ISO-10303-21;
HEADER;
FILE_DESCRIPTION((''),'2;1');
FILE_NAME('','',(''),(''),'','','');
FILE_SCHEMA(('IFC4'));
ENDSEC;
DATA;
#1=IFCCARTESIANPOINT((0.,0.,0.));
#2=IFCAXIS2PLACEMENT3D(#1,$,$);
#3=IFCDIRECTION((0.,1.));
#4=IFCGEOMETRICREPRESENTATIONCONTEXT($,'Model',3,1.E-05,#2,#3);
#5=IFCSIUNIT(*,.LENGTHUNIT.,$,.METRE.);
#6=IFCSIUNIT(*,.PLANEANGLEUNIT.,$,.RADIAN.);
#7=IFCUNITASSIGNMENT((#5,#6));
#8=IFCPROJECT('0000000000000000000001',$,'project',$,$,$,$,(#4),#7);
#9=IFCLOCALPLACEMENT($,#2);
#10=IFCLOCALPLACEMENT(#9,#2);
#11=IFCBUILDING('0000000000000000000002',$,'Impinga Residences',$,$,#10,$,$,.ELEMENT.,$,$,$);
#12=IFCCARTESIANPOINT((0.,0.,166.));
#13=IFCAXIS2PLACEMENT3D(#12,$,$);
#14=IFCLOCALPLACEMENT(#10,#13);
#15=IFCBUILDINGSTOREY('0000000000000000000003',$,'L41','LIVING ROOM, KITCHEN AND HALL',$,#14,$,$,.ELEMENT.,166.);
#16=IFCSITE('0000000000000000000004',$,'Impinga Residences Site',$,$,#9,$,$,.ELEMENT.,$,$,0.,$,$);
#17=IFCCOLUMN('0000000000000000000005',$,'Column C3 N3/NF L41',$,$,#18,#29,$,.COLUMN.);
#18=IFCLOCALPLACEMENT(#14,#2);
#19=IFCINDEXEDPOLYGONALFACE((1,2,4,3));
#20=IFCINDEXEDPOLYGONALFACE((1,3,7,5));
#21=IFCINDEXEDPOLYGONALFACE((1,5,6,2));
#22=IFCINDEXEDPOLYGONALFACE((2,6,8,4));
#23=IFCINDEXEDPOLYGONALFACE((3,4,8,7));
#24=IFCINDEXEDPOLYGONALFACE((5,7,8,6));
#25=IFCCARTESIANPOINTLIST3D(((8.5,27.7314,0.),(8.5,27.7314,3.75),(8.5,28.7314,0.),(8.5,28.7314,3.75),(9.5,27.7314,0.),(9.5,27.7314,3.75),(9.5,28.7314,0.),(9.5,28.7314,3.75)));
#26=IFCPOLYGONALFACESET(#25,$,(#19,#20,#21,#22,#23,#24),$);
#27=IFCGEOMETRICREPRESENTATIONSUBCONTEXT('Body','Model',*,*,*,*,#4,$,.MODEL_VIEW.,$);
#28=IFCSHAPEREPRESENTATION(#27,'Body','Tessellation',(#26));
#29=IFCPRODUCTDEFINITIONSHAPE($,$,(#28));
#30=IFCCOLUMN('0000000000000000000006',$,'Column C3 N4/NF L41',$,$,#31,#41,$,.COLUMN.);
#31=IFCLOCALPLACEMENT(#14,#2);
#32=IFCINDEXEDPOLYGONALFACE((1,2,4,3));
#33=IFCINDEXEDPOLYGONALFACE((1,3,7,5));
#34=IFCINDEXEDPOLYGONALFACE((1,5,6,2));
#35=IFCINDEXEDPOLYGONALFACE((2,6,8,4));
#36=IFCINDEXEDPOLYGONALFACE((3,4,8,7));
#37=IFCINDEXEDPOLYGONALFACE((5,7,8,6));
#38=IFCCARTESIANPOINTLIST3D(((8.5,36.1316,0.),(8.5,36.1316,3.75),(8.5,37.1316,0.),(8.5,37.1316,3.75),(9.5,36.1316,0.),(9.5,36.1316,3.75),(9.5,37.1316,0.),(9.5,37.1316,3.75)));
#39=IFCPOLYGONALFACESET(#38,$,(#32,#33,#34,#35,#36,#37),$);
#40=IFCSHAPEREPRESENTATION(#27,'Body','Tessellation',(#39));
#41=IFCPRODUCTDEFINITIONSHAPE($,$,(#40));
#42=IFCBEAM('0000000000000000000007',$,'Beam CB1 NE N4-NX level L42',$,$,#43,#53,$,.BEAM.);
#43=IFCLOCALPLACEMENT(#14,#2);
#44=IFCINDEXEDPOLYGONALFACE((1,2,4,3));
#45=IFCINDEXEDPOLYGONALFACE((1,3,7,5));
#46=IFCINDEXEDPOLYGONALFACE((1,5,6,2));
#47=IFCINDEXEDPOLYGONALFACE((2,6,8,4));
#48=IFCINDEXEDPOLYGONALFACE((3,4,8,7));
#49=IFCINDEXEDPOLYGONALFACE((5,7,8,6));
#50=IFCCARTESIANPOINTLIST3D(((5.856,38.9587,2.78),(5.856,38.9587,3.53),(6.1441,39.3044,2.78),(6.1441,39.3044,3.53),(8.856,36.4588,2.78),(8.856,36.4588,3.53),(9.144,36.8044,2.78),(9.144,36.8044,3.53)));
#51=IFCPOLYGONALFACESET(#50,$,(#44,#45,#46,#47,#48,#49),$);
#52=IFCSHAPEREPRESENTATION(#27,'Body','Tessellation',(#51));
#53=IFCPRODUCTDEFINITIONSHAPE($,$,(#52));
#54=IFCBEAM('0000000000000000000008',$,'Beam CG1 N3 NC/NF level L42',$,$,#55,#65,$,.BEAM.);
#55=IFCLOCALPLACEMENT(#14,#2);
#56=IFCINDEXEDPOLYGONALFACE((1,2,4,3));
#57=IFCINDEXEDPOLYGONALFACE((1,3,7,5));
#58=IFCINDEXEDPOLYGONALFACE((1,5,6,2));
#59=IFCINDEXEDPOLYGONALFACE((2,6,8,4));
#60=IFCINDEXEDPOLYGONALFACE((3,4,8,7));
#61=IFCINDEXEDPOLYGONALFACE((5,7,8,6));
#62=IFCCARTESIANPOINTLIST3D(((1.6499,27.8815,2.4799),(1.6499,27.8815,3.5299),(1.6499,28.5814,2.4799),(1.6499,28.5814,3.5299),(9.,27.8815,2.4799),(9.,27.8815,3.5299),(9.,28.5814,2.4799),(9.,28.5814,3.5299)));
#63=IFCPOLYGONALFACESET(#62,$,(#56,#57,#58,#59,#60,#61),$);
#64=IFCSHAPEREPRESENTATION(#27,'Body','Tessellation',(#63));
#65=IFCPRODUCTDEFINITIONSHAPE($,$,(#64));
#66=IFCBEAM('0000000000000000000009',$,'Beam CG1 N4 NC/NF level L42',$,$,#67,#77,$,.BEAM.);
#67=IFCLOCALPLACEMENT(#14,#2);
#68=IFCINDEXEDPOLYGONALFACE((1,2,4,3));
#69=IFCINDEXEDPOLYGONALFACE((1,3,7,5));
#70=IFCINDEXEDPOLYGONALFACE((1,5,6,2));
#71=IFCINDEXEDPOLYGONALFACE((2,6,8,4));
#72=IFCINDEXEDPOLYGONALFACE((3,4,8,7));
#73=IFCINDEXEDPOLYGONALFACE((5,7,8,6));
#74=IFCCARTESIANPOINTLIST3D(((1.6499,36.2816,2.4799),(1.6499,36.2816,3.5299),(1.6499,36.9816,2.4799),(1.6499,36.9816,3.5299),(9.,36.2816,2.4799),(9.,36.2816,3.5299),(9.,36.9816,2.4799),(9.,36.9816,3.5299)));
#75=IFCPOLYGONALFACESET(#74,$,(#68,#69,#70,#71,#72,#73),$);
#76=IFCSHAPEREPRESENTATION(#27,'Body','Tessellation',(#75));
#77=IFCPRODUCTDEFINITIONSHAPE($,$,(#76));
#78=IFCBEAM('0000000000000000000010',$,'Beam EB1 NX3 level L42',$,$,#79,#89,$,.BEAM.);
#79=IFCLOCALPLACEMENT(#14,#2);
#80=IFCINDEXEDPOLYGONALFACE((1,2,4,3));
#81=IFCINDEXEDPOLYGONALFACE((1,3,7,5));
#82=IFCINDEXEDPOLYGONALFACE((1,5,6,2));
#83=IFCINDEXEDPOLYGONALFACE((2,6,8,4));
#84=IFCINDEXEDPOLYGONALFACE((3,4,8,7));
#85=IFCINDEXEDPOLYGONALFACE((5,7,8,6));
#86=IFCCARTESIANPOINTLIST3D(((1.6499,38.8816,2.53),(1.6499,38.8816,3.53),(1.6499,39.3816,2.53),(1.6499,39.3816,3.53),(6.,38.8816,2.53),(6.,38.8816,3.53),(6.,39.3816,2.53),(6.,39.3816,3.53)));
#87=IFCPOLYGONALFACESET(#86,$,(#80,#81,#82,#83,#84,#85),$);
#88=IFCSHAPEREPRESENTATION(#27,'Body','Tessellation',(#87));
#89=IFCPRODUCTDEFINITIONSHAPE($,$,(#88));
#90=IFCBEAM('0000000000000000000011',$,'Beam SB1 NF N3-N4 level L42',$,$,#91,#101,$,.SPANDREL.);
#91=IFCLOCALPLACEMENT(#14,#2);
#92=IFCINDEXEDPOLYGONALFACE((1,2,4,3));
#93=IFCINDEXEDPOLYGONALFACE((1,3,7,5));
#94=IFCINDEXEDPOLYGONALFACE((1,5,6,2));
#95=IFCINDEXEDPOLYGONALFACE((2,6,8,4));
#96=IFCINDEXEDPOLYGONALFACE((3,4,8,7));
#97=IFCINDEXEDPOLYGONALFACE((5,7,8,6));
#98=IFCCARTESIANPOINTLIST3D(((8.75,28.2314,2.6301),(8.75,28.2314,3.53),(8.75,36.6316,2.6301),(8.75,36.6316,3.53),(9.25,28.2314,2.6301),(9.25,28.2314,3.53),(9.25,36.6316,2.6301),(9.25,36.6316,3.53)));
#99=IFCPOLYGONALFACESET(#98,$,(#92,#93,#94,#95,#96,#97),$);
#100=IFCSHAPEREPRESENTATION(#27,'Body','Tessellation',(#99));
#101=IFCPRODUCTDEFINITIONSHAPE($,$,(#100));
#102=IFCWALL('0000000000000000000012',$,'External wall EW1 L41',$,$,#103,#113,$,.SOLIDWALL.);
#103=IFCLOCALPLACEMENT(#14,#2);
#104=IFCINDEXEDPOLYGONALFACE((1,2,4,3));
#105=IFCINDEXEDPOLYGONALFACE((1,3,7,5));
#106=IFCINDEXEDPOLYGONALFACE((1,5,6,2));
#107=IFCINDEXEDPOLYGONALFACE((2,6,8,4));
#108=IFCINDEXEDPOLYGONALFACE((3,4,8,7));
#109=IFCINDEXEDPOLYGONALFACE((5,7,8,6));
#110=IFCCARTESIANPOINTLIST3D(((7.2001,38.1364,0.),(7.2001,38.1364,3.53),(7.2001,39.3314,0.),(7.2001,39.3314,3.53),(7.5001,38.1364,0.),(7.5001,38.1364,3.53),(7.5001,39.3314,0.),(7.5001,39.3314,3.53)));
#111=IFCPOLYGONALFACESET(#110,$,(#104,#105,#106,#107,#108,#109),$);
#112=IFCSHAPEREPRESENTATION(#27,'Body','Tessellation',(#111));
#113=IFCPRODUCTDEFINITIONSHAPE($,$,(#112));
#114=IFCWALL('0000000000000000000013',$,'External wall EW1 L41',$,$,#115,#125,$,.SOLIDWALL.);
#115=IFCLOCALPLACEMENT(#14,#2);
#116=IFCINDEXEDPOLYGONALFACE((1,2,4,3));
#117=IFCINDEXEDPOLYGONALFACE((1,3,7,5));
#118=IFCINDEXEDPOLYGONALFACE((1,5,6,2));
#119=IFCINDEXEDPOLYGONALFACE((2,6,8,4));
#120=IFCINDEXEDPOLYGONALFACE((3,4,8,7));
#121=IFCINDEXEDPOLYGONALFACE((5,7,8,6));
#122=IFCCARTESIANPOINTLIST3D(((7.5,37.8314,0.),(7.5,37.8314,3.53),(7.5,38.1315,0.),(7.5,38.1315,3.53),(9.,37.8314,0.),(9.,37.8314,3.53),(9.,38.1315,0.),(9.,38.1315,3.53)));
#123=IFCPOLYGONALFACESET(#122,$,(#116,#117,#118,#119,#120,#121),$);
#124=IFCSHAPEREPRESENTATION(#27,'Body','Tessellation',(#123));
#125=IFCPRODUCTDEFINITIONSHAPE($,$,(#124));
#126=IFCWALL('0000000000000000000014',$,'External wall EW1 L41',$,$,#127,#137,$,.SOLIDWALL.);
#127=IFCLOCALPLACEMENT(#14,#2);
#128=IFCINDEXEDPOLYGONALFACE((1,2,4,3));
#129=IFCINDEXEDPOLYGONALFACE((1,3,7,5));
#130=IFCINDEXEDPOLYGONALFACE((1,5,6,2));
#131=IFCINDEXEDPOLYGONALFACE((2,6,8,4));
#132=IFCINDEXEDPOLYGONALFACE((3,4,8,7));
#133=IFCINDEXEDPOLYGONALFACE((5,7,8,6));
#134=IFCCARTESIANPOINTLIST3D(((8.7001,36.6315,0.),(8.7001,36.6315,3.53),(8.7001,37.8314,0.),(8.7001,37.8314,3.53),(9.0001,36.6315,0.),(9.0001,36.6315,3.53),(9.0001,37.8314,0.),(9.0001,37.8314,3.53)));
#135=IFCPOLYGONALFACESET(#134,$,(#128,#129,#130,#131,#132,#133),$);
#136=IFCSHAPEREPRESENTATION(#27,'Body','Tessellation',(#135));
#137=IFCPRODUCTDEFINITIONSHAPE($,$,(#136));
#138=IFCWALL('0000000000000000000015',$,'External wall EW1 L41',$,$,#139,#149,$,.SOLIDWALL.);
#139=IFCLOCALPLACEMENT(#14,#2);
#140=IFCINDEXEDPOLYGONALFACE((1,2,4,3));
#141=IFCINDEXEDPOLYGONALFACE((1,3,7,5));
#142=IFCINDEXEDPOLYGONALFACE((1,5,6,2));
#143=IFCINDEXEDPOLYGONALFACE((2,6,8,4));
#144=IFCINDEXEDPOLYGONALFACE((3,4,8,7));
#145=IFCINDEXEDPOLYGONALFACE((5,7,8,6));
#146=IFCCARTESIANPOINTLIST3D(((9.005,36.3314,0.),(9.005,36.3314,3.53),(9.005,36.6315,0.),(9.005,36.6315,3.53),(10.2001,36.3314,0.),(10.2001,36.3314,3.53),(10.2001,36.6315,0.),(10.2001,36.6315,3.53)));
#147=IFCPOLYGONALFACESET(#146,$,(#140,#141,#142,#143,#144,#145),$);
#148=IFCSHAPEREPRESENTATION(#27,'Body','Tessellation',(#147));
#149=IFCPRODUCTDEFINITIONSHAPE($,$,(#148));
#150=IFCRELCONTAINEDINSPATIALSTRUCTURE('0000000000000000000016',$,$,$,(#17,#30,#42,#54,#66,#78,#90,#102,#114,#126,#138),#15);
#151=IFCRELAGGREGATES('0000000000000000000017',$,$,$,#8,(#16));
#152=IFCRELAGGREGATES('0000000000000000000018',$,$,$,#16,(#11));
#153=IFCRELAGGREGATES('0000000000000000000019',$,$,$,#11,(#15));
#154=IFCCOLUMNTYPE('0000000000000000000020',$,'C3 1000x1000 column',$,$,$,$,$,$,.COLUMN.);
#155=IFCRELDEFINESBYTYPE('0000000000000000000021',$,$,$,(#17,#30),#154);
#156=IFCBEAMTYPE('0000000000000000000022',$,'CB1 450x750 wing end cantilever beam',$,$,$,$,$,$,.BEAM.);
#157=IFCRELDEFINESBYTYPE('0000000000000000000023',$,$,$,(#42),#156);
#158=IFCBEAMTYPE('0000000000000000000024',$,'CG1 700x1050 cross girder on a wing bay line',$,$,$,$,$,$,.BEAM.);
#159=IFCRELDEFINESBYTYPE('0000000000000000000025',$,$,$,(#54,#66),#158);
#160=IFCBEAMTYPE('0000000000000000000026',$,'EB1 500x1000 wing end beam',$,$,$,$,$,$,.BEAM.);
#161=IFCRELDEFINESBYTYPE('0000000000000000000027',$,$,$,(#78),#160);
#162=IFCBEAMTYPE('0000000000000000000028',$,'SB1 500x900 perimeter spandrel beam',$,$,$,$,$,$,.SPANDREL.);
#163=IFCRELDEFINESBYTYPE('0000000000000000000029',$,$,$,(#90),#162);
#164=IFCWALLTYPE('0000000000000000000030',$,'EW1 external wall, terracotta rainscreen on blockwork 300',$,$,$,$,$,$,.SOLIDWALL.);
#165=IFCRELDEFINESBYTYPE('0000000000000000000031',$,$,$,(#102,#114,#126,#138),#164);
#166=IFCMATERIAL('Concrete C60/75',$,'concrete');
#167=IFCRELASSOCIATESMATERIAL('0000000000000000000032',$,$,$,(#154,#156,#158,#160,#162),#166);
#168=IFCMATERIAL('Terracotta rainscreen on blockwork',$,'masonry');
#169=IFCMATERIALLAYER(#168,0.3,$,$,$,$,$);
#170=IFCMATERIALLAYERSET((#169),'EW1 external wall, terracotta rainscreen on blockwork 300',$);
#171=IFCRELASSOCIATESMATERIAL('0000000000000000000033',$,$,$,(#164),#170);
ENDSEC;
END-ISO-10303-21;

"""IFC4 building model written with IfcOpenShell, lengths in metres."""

from ifc_helpers import new_model, si_unit, direction, frame, frame_2d, origin, origin_2d, place, context, subcontext, project, spatial, rectangle, extrude, material, layer, layer_set, material_profile, profile_set, type_object, element, save


model = new_model("IFC4")

# Units and contexts
model_context = context("Model", 3, precision=1e-05, world=origin(), true_north=direction((0.0, 1.0)))
body_context = subcontext(model_context, "Body", "Model", "MODEL_VIEW")
ifc_project = project(units=[si_unit("LENGTHUNIT", "METRE"), si_unit("PLANEANGLEUNIT", "RADIAN")], contexts=[model_context])

# Site, building, storey
site_placement = place(None, origin())
site = spatial("IfcSite", under=ifc_project, at=site_placement, Name="Impinga Residences Site", CompositionType="ELEMENT", RefElevation=0.0)
building_placement = place(site_placement, origin())
building = spatial("IfcBuilding", under=site, at=building_placement, Name="Impinga Residences", CompositionType="ELEMENT")
storey_placement = place(building_placement, frame((0.0, 0.0, 166.0)))
storey = spatial("IfcBuildingStorey", under=building, at=storey_placement, Name="L41", Description="LIVING ROOM, KITCHEN AND HALL", CompositionType="ELEMENT", Elevation=166.0)

# Columns
ifc_material_1 = material(Name="Concrete C60/75", Category="concrete")
ifc_material_profile_1 = material_profile(ifc_material_1, rectangle(XDim=1.0, YDim=1.0, at=origin_2d()), Name="RC 1000x1000")
ifc_profile_set_1 = profile_set([ifc_material_profile_1], Name="Concrete C60/75")
column_type = type_object("IfcColumnType", Name="C3 1000x1000 column", PredefinedType="COLUMN", material=ifc_profile_set_1)
for number, where, z_axis, x_axis, name in (
    (1, (9.0, 28.2314, 0.0), (0.0, 0.0, 1.0), (1.0, 0.0, 0.0), "Column C3 N3/NF L41"),
    (2, (9.0, 36.6316, 0.0), (0.0, 0.0, 1.0), (1.0, 0.0, 0.0), "Column C3 N4/NF L41"),
):
    element("IfcColumn", number, at=place(storey_placement, frame(where, z_axis=z_axis, x_axis=x_axis)), inside=storey, type_object=column_type, Name=name, PredefinedType="COLUMN", context=body_context, shape_type="SweptSolid", body=[
        extrude(rectangle(XDim=1.0, YDim=1.0, at=origin_2d()), origin(), (0.0, 0.0, 1.0), 3.75),
    ])

# Beams
ifc_material_profile_2 = material_profile(ifc_material_1, rectangle(XDim=0.45, YDim=0.75, at=origin_2d()), Name="RC 450x750")
ifc_profile_set_2 = profile_set([ifc_material_profile_2], Name="Concrete C60/75")
beam_type_1 = type_object("IfcBeamType", Name="CB1 450x750 wing end cantilever beam", PredefinedType="BEAM", material=ifc_profile_set_2)
beam_1_placement = place(storey_placement, frame((9.0, 36.6316, 3.155), z_axis=(-0.768221, 0.640184, 0.0), x_axis=(-0.640184, -0.768221, 0.0)))
element("IfcBeam", 3, at=beam_1_placement, inside=storey, type_object=beam_type_1, Name="Beam CB1 NE N4-NX level L42", PredefinedType="BEAM", context=body_context, shape_type="SweptSolid", body=[
    extrude(rectangle(XDim=0.45, YDim=0.75, at=origin_2d()), origin(), (0.0, 0.0, 1.0), 3.905),
])
ifc_material_profile_3 = material_profile(ifc_material_1, rectangle(XDim=0.7, YDim=1.05, at=origin_2d()), Name="RC 700x1050")
ifc_profile_set_3 = profile_set([ifc_material_profile_3], Name="Concrete C60/75")
beam_type_2 = type_object("IfcBeamType", Name="CG1 700x1050 cross girder on a wing bay line", PredefinedType="BEAM", material=ifc_profile_set_3)
for number, where, z_axis, x_axis, name in (
    (4, (1.6499, 28.2314, 3.0049), (1.0, 0.0, 0.0), (0.0, 1.0, 0.0), "Beam CG1 N3 NC/NF level L42"),
    (5, (1.6499, 36.6316, 3.0049), (1.0, 0.0, 0.0), (0.0, 1.0, 0.0), "Beam CG1 N4 NC/NF level L42"),
):
    element("IfcBeam", number, at=place(storey_placement, frame(where, z_axis=z_axis, x_axis=x_axis)), inside=storey, type_object=beam_type_2, Name=name, PredefinedType="BEAM", context=body_context, shape_type="SweptSolid", body=[
        extrude(rectangle(XDim=0.7, YDim=1.05, at=origin_2d()), origin(), (0.0, 0.0, 1.0), 7.3501),
    ])
ifc_material_profile_4 = material_profile(ifc_material_1, rectangle(XDim=0.5, YDim=1.0, at=origin_2d()), Name="RC 500x1000")
ifc_profile_set_4 = profile_set([ifc_material_profile_4], Name="Concrete C60/75")
beam_type_3 = type_object("IfcBeamType", Name="EB1 500x1000 wing end beam", PredefinedType="BEAM", material=ifc_profile_set_4)
beam_2_placement = place(storey_placement, frame((1.6499, 39.1316, 3.03), z_axis=(1.0, 0.0, 0.0), x_axis=(0.0, 1.0, 0.0)))
element("IfcBeam", 6, at=beam_2_placement, inside=storey, type_object=beam_type_3, Name="Beam EB1 NX3 level L42", PredefinedType="BEAM", context=body_context, shape_type="SweptSolid", body=[
    extrude(rectangle(XDim=0.5, YDim=1.0, at=origin_2d()), origin(), (0.0, 0.0, 1.0), 4.3501),
])
ifc_material_profile_5 = material_profile(ifc_material_1, rectangle(XDim=0.5, YDim=0.8999, at=origin_2d()), Name="RC 500x900")
ifc_profile_set_5 = profile_set([ifc_material_profile_5], Name="Concrete C60/75")
beam_type_4 = type_object("IfcBeamType", Name="SB1 500x900 perimeter spandrel beam", PredefinedType="SPANDREL", material=ifc_profile_set_5)
beam_3_placement = place(storey_placement, frame((9.0, 28.2314, 3.0801), z_axis=(0.0, 1.0, 0.0), x_axis=(-1.0, 0.0, 0.0)))
element("IfcBeam", 7, at=beam_3_placement, inside=storey, type_object=beam_type_4, Name="Beam SB1 NF N3-N4 level L42", PredefinedType="SPANDREL", context=body_context, shape_type="SweptSolid", body=[
    extrude(rectangle(XDim=0.5, YDim=0.8999, at=origin_2d()), origin(), (0.0, 0.0, 1.0), 8.4001),
])

# Walls
ifc_material_2 = material(Name="Terracotta rainscreen on blockwork", Category="masonry")
ifc_layer_1 = layer(ifc_material_2, 0.3)
ifc_layer_set_1 = layer_set([ifc_layer_1], Name="EW1 external wall, terracotta rainscreen on blockwork 300")
wall_type_1 = type_object("IfcWallType", Name="EW1 external wall, terracotta rainscreen on blockwork 300", PredefinedType="SOLIDWALL", material=ifc_layer_set_1)
wall_1_placement = place(storey_placement, frame((7.3501, 39.3315, 0.0), z_axis=(0.0, 0.0, 1.0), x_axis=(0.0, -1.0, 0.0)))
element("IfcWall", 8, at=wall_1_placement, inside=storey, type_object=wall_type_1, Name="External wall EW1 L41", PredefinedType="SOLIDWALL", context=body_context, shape_type="SweptSolid", body=[
    extrude(rectangle(XDim=1.1951, YDim=0.3, at=frame_2d((0.5977, 0.0))), origin(), (0.0, 0.0, 1.0), 3.53),
])
wall_2_placement = place(storey_placement, frame((7.5, 37.9814, 0.0), z_axis=(0.0, 0.0, 1.0), x_axis=(1.0, 0.0, 0.0)))
element("IfcWall", 9, at=wall_2_placement, inside=storey, type_object=wall_type_1, Name="External wall EW1 L41", PredefinedType="SOLIDWALL", context=body_context, shape_type="SweptSolid", body=[
    extrude(rectangle(XDim=1.5, YDim=0.3, at=frame_2d((0.75, 0.0))), origin(), (0.0, 0.0, 1.0), 3.53),
])
wall_3_placement = place(storey_placement, frame((8.8501, 37.8315, 0.0), z_axis=(0.0, 0.0, 1.0), x_axis=(0.0, -1.0, 0.0)))
element("IfcWall", 10, at=wall_3_placement, inside=storey, type_object=wall_type_1, Name="External wall EW1 L41", PredefinedType="SOLIDWALL", context=body_context, shape_type="SweptSolid", body=[
    extrude(rectangle(XDim=1.2, YDim=0.3, at=frame_2d((0.6001, 0.0))), origin(), (0.0, 0.0, 1.0), 3.53),
])
wall_4_placement = place(storey_placement, frame((9.0049, 36.4814, 0.0), z_axis=(0.0, 0.0, 1.0), x_axis=(1.0, 0.0, 0.0)))
element("IfcWall", 11, at=wall_4_placement, inside=storey, type_object=wall_type_1, Name="External wall EW1 L41", PredefinedType="SOLIDWALL", context=body_context, shape_type="SweptSolid", body=[
    extrude(rectangle(XDim=1.1951, YDim=0.3, at=frame_2d((0.5977, 0.0))), origin(), (0.0, 0.0, 1.0), 3.53),
])

save(model, "model.ifc")
